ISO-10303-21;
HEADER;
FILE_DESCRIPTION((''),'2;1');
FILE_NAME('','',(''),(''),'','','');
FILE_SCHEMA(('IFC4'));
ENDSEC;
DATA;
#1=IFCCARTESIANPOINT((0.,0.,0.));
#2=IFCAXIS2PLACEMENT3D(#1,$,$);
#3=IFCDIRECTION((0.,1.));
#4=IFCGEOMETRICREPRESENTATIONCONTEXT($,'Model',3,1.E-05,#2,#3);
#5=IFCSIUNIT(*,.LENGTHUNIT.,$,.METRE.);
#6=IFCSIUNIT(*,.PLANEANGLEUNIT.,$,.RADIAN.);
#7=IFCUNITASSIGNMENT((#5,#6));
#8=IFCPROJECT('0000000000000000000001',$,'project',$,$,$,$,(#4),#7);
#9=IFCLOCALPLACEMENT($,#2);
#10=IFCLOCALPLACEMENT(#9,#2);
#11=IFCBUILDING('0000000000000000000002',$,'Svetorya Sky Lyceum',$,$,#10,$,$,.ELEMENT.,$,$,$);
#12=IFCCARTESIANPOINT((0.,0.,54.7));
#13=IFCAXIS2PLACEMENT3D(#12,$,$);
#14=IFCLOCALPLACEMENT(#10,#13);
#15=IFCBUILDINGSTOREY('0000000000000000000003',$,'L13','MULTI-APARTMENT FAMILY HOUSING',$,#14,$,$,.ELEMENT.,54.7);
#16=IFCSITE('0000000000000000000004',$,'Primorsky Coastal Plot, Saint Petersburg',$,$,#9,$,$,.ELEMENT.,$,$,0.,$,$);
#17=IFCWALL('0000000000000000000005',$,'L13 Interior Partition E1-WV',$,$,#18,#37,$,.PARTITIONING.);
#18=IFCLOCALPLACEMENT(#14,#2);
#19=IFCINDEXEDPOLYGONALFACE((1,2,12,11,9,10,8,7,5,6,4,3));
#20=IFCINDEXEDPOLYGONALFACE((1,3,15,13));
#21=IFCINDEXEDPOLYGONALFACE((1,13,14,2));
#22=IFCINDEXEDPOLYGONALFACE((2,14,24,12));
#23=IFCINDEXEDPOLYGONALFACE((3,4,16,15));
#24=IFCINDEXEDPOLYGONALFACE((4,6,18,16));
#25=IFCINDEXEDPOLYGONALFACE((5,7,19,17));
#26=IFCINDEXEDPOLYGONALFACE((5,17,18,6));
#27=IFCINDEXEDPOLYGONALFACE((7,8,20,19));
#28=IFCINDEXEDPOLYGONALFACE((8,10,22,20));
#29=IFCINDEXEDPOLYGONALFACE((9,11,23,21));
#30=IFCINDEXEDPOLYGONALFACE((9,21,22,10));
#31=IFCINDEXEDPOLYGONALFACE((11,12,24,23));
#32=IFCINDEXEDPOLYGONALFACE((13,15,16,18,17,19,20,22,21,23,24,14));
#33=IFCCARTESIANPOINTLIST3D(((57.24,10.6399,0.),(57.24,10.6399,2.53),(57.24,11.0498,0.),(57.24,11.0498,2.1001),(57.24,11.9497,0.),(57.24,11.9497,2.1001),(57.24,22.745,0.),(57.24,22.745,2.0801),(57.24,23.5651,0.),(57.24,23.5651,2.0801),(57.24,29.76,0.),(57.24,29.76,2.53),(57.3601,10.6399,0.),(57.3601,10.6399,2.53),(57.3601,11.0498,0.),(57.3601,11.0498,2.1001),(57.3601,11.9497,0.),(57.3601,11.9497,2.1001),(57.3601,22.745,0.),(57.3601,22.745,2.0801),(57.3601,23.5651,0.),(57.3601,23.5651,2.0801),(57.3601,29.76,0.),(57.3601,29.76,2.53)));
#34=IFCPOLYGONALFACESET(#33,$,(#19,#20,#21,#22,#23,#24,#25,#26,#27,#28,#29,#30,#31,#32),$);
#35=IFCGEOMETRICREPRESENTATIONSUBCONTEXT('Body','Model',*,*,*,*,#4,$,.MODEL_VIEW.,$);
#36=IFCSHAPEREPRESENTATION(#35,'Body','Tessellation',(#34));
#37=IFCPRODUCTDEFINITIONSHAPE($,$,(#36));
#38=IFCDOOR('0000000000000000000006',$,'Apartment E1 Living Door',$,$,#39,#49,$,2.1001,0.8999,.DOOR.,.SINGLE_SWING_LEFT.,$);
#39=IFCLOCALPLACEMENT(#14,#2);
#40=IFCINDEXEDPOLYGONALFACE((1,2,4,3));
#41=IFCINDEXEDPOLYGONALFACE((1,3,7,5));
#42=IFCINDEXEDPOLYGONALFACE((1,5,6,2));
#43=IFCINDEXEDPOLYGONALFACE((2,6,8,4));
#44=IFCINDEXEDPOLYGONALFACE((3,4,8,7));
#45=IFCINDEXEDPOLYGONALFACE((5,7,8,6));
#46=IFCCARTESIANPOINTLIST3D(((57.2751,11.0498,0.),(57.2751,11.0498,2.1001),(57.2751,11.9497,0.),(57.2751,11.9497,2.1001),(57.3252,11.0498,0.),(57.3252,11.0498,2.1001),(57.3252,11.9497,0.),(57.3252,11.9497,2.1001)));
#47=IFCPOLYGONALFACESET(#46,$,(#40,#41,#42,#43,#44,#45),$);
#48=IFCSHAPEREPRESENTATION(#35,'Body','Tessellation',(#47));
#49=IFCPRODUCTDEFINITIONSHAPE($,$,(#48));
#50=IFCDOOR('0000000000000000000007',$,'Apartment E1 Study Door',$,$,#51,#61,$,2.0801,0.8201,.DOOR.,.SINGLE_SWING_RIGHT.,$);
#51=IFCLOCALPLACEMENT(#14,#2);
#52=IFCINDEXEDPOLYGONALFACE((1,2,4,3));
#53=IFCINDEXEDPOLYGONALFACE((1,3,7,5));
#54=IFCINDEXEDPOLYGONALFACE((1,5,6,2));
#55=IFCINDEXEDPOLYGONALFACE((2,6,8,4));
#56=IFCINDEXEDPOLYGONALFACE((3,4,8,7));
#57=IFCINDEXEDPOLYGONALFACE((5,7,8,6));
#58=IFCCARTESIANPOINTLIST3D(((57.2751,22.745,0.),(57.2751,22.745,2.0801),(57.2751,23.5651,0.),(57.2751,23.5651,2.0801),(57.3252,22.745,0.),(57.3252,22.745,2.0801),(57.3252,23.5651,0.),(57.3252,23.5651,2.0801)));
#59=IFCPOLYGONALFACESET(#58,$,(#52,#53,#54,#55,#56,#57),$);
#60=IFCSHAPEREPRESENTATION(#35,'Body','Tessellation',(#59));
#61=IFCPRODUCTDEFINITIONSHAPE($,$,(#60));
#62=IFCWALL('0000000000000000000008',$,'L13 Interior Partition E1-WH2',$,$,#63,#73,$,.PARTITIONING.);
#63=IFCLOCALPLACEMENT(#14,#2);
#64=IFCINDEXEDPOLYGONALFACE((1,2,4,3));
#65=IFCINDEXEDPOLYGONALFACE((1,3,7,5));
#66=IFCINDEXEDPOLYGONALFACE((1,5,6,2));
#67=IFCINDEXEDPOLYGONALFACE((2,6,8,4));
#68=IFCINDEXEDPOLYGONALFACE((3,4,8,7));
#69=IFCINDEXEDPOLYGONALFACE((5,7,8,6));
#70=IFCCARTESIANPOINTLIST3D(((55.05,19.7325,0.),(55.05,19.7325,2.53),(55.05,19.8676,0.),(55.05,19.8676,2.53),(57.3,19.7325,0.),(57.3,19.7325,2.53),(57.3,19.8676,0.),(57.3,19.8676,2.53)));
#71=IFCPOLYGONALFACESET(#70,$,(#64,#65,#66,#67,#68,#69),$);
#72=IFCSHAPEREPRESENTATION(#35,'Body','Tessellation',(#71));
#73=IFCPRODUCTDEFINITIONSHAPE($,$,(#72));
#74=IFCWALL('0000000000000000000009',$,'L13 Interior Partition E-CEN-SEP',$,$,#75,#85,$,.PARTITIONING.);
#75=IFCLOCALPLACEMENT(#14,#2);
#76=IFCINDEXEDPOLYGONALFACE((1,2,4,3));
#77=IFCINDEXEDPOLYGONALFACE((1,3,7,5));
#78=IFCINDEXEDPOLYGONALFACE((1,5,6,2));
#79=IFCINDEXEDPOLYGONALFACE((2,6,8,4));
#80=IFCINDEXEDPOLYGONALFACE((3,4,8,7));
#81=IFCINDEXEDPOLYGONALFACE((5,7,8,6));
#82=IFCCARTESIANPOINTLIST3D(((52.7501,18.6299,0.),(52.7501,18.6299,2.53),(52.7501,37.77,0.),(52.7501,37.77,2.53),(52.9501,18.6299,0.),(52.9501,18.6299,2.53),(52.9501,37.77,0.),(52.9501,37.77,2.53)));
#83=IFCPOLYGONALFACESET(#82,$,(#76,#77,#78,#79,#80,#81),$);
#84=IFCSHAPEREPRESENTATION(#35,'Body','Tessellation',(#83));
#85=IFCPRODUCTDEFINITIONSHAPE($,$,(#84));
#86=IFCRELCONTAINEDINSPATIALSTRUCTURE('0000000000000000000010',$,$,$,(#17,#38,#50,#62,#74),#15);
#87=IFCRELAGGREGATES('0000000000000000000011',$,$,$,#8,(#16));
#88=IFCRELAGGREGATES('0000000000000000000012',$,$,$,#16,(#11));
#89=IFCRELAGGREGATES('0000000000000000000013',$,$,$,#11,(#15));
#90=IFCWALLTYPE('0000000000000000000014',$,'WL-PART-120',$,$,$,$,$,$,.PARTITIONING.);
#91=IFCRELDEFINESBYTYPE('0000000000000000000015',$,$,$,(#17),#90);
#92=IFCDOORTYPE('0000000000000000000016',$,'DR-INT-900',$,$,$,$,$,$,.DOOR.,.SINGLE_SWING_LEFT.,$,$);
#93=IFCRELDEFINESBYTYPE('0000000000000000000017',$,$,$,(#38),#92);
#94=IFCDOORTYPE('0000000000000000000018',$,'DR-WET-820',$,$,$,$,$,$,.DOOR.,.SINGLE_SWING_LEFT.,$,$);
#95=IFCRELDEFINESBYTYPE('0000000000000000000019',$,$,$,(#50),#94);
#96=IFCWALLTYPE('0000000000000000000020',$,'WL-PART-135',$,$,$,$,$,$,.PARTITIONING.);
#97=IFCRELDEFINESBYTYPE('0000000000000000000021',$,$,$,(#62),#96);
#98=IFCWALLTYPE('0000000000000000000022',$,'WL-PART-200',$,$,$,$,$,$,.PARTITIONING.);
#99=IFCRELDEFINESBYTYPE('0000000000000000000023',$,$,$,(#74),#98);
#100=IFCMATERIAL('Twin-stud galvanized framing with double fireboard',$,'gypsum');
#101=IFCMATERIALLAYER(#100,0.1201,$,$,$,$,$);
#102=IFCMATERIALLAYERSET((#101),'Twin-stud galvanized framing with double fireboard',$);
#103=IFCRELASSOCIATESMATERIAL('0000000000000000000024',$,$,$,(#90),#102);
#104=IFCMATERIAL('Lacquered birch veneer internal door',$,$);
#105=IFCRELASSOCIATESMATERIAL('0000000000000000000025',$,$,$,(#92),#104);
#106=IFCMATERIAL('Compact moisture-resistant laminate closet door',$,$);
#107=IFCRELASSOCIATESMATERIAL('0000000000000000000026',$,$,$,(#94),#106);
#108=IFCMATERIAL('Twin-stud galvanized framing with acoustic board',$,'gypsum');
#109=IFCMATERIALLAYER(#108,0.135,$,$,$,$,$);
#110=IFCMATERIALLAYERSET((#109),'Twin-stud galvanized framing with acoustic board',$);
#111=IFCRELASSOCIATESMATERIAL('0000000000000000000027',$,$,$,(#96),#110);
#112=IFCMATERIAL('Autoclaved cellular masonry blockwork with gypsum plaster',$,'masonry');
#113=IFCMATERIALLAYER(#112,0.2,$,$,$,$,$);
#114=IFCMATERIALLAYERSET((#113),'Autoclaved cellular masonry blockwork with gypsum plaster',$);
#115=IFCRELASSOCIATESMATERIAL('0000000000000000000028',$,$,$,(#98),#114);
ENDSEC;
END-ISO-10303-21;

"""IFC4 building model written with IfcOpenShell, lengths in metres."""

from ifc_helpers import new_model, si_unit, direction, frame, frame_2d, origin, place, context, subcontext, project, spatial, rectangle, extrude, material, layer, layer_set, type_object, element, fill, save


model = new_model("IFC4")

# Units and contexts
model_context = context("Model", 3, precision=1e-05, world=origin(), true_north=direction((0.0, 1.0)))
body_context = subcontext(model_context, "Body", "Model", "MODEL_VIEW")
ifc_project = project(units=[si_unit("LENGTHUNIT", "METRE"), si_unit("PLANEANGLEUNIT", "RADIAN")], contexts=[model_context])

# Site, building, storey
site_placement = place(None, origin())
site = spatial("IfcSite", under=ifc_project, at=site_placement, Name="Primorsky Coastal Plot, Saint Petersburg", CompositionType="ELEMENT", RefElevation=0.0)
building_placement = place(site_placement, origin())
building = spatial("IfcBuilding", under=site, at=building_placement, Name="Svetorya Sky Lyceum", CompositionType="ELEMENT")
storey_placement = place(building_placement, frame((0.0, 0.0, 54.7)))
storey = spatial("IfcBuildingStorey", under=building, at=storey_placement, Name="L13", Description="MULTI-APARTMENT FAMILY HOUSING", CompositionType="ELEMENT", Elevation=54.7)

# Shared definitions
ifc_material_1 = material(Name="Twin-stud galvanized framing with double fireboard", Category="gypsum")
ifc_layer_1 = layer(ifc_material_1, 0.1201)
ifc_layer_set_1 = layer_set([ifc_layer_1], Name="Twin-stud galvanized framing with double fireboard")
wall_type_1 = type_object("IfcWallType", Name="WL-PART-120", PredefinedType="PARTITIONING", material=ifc_layer_set_1)
ifc_material_2 = material(Name="Lacquered birch veneer internal door")
door_type_1 = type_object("IfcDoorType", Name="DR-INT-900", OperationType="SINGLE_SWING_LEFT", PredefinedType="DOOR", material=ifc_material_2)

# Wall, openings, doors
wall_1_placement = place(storey_placement, frame((57.3, 10.6399, 0.0), z_axis=(0.0, 0.0, 1.0), x_axis=(0.0, 1.0, 0.0)))
wall_1 = element("IfcWall", 1, at=wall_1_placement, inside=storey, type_object=wall_type_1, Name="L13 Interior Partition E1-WV", PredefinedType="PARTITIONING", context=body_context, shape_type="SweptSolid", body=[
    extrude(rectangle(XDim=19.1201, YDim=0.1201, at=frame_2d((9.5601, 0.0))), origin(), (0.0, 0.0, 1.0), 2.53),
])
opening_1_placement = place(wall_1_placement, frame((0.4099, 0.0, 0.0)))
opening_1 = element("IfcOpeningElement", 2, at=opening_1_placement, cuts=wall_1, PredefinedType="OPENING", context=body_context, shape_type="SweptSolid", body=[
    extrude(rectangle(XDim=0.8999, YDim=2.1001, at=frame_2d((0.45, 1.05))), frame((0.0, 0.0701, 0.0), z_axis=(0.0, -1.0, 0.0), x_axis=(1.0, 0.0, 0.0)), (0.0, 0.0, 1.0), 0.1401),
])
opening_2_placement = place(wall_1_placement, frame((12.105, 0.0, 0.0)))
opening_2 = element("IfcOpeningElement", 3, at=opening_2_placement, cuts=wall_1, PredefinedType="OPENING", context=body_context, shape_type="SweptSolid", body=[
    extrude(rectangle(XDim=0.8201, YDim=2.0801, at=frame_2d((0.4102, 1.04))), frame((0.0, 0.0701, 0.0), z_axis=(0.0, -1.0, 0.0), x_axis=(1.0, 0.0, 0.0)), (0.0, 0.0, 1.0), 0.1401),
])
door_1_placement = place(opening_1_placement, origin())
door_1 = element("IfcDoor", 4, at=door_1_placement, inside=storey, type_object=door_type_1, Name="Apartment E1 Living Door", OperationType="SINGLE_SWING_LEFT", OverallHeight=2.1001, OverallWidth=0.8999, PredefinedType="DOOR", context=body_context, shape_type="SweptSolid", body=[
    extrude(rectangle(XDim=0.8999, YDim=2.1001, at=frame_2d((0.45, 1.05))), frame((0.0, 0.0249, 0.0), z_axis=(0.0, -1.0, 0.0), x_axis=(1.0, 0.0, 0.0)), (0.0, 0.0, 1.0), 0.05),
])
fill(opening_1, door_1)
ifc_material_3 = material(Name="Compact moisture-resistant laminate closet door")
door_type_2 = type_object("IfcDoorType", Name="DR-WET-820", OperationType="SINGLE_SWING_LEFT", PredefinedType="DOOR", material=ifc_material_3)
door_2_placement = place(opening_2_placement, origin())
door_2 = element("IfcDoor", 5, at=door_2_placement, inside=storey, type_object=door_type_2, Name="Apartment E1 Study Door", OperationType="SINGLE_SWING_RIGHT", OverallHeight=2.0801, OverallWidth=0.8201, PredefinedType="DOOR", context=body_context, shape_type="SweptSolid", body=[
    extrude(rectangle(XDim=0.8201, YDim=2.0801, at=frame_2d((0.4102, 1.04))), frame((0.0, 0.0249, 0.0), z_axis=(0.0, -1.0, 0.0), x_axis=(1.0, 0.0, 0.0)), (0.0, 0.0, 1.0), 0.05),
])
fill(opening_2, door_2)

# Walls
ifc_material_4 = material(Name="Twin-stud galvanized framing with acoustic board", Category="gypsum")
ifc_layer_2 = layer(ifc_material_4, 0.135)
ifc_layer_set_2 = layer_set([ifc_layer_2], Name="Twin-stud galvanized framing with acoustic board")
wall_type_2 = type_object("IfcWallType", Name="WL-PART-135", PredefinedType="PARTITIONING", material=ifc_layer_set_2)
wall_2_placement = place(storey_placement, frame((55.05, 19.8, 0.0), z_axis=(0.0, 0.0, 1.0), x_axis=(1.0, 0.0, 0.0)))
element("IfcWall", 6, at=wall_2_placement, inside=storey, type_object=wall_type_2, Name="L13 Interior Partition E1-WH2", PredefinedType="PARTITIONING", context=body_context, shape_type="SweptSolid", body=[
    extrude(rectangle(XDim=2.25, YDim=0.135, at=frame_2d((1.125, 0.0))), origin(), (0.0, 0.0, 1.0), 2.53),
])
ifc_material_5 = material(Name="Autoclaved cellular masonry blockwork with gypsum plaster", Category="masonry")
ifc_layer_3 = layer(ifc_material_5, 0.2)
ifc_layer_set_3 = layer_set([ifc_layer_3], Name="Autoclaved cellular masonry blockwork with gypsum plaster")
wall_type_3 = type_object("IfcWallType", Name="WL-PART-200", PredefinedType="PARTITIONING", material=ifc_layer_set_3)
wall_3_placement = place(storey_placement, frame((52.8501, 18.6299, 0.0), z_axis=(0.0, 0.0, 1.0), x_axis=(0.0, 1.0, 0.0)))
element("IfcWall", 7, at=wall_3_placement, inside=storey, type_object=wall_type_3, Name="L13 Interior Partition E-CEN-SEP", PredefinedType="PARTITIONING", context=body_context, shape_type="SweptSolid", body=[
    extrude(rectangle(XDim=19.1401, YDim=0.2, at=frame_2d((9.5701, 0.0))), origin(), (0.0, 0.0, 1.0), 2.53),
])

save(model, "model.ifc")
